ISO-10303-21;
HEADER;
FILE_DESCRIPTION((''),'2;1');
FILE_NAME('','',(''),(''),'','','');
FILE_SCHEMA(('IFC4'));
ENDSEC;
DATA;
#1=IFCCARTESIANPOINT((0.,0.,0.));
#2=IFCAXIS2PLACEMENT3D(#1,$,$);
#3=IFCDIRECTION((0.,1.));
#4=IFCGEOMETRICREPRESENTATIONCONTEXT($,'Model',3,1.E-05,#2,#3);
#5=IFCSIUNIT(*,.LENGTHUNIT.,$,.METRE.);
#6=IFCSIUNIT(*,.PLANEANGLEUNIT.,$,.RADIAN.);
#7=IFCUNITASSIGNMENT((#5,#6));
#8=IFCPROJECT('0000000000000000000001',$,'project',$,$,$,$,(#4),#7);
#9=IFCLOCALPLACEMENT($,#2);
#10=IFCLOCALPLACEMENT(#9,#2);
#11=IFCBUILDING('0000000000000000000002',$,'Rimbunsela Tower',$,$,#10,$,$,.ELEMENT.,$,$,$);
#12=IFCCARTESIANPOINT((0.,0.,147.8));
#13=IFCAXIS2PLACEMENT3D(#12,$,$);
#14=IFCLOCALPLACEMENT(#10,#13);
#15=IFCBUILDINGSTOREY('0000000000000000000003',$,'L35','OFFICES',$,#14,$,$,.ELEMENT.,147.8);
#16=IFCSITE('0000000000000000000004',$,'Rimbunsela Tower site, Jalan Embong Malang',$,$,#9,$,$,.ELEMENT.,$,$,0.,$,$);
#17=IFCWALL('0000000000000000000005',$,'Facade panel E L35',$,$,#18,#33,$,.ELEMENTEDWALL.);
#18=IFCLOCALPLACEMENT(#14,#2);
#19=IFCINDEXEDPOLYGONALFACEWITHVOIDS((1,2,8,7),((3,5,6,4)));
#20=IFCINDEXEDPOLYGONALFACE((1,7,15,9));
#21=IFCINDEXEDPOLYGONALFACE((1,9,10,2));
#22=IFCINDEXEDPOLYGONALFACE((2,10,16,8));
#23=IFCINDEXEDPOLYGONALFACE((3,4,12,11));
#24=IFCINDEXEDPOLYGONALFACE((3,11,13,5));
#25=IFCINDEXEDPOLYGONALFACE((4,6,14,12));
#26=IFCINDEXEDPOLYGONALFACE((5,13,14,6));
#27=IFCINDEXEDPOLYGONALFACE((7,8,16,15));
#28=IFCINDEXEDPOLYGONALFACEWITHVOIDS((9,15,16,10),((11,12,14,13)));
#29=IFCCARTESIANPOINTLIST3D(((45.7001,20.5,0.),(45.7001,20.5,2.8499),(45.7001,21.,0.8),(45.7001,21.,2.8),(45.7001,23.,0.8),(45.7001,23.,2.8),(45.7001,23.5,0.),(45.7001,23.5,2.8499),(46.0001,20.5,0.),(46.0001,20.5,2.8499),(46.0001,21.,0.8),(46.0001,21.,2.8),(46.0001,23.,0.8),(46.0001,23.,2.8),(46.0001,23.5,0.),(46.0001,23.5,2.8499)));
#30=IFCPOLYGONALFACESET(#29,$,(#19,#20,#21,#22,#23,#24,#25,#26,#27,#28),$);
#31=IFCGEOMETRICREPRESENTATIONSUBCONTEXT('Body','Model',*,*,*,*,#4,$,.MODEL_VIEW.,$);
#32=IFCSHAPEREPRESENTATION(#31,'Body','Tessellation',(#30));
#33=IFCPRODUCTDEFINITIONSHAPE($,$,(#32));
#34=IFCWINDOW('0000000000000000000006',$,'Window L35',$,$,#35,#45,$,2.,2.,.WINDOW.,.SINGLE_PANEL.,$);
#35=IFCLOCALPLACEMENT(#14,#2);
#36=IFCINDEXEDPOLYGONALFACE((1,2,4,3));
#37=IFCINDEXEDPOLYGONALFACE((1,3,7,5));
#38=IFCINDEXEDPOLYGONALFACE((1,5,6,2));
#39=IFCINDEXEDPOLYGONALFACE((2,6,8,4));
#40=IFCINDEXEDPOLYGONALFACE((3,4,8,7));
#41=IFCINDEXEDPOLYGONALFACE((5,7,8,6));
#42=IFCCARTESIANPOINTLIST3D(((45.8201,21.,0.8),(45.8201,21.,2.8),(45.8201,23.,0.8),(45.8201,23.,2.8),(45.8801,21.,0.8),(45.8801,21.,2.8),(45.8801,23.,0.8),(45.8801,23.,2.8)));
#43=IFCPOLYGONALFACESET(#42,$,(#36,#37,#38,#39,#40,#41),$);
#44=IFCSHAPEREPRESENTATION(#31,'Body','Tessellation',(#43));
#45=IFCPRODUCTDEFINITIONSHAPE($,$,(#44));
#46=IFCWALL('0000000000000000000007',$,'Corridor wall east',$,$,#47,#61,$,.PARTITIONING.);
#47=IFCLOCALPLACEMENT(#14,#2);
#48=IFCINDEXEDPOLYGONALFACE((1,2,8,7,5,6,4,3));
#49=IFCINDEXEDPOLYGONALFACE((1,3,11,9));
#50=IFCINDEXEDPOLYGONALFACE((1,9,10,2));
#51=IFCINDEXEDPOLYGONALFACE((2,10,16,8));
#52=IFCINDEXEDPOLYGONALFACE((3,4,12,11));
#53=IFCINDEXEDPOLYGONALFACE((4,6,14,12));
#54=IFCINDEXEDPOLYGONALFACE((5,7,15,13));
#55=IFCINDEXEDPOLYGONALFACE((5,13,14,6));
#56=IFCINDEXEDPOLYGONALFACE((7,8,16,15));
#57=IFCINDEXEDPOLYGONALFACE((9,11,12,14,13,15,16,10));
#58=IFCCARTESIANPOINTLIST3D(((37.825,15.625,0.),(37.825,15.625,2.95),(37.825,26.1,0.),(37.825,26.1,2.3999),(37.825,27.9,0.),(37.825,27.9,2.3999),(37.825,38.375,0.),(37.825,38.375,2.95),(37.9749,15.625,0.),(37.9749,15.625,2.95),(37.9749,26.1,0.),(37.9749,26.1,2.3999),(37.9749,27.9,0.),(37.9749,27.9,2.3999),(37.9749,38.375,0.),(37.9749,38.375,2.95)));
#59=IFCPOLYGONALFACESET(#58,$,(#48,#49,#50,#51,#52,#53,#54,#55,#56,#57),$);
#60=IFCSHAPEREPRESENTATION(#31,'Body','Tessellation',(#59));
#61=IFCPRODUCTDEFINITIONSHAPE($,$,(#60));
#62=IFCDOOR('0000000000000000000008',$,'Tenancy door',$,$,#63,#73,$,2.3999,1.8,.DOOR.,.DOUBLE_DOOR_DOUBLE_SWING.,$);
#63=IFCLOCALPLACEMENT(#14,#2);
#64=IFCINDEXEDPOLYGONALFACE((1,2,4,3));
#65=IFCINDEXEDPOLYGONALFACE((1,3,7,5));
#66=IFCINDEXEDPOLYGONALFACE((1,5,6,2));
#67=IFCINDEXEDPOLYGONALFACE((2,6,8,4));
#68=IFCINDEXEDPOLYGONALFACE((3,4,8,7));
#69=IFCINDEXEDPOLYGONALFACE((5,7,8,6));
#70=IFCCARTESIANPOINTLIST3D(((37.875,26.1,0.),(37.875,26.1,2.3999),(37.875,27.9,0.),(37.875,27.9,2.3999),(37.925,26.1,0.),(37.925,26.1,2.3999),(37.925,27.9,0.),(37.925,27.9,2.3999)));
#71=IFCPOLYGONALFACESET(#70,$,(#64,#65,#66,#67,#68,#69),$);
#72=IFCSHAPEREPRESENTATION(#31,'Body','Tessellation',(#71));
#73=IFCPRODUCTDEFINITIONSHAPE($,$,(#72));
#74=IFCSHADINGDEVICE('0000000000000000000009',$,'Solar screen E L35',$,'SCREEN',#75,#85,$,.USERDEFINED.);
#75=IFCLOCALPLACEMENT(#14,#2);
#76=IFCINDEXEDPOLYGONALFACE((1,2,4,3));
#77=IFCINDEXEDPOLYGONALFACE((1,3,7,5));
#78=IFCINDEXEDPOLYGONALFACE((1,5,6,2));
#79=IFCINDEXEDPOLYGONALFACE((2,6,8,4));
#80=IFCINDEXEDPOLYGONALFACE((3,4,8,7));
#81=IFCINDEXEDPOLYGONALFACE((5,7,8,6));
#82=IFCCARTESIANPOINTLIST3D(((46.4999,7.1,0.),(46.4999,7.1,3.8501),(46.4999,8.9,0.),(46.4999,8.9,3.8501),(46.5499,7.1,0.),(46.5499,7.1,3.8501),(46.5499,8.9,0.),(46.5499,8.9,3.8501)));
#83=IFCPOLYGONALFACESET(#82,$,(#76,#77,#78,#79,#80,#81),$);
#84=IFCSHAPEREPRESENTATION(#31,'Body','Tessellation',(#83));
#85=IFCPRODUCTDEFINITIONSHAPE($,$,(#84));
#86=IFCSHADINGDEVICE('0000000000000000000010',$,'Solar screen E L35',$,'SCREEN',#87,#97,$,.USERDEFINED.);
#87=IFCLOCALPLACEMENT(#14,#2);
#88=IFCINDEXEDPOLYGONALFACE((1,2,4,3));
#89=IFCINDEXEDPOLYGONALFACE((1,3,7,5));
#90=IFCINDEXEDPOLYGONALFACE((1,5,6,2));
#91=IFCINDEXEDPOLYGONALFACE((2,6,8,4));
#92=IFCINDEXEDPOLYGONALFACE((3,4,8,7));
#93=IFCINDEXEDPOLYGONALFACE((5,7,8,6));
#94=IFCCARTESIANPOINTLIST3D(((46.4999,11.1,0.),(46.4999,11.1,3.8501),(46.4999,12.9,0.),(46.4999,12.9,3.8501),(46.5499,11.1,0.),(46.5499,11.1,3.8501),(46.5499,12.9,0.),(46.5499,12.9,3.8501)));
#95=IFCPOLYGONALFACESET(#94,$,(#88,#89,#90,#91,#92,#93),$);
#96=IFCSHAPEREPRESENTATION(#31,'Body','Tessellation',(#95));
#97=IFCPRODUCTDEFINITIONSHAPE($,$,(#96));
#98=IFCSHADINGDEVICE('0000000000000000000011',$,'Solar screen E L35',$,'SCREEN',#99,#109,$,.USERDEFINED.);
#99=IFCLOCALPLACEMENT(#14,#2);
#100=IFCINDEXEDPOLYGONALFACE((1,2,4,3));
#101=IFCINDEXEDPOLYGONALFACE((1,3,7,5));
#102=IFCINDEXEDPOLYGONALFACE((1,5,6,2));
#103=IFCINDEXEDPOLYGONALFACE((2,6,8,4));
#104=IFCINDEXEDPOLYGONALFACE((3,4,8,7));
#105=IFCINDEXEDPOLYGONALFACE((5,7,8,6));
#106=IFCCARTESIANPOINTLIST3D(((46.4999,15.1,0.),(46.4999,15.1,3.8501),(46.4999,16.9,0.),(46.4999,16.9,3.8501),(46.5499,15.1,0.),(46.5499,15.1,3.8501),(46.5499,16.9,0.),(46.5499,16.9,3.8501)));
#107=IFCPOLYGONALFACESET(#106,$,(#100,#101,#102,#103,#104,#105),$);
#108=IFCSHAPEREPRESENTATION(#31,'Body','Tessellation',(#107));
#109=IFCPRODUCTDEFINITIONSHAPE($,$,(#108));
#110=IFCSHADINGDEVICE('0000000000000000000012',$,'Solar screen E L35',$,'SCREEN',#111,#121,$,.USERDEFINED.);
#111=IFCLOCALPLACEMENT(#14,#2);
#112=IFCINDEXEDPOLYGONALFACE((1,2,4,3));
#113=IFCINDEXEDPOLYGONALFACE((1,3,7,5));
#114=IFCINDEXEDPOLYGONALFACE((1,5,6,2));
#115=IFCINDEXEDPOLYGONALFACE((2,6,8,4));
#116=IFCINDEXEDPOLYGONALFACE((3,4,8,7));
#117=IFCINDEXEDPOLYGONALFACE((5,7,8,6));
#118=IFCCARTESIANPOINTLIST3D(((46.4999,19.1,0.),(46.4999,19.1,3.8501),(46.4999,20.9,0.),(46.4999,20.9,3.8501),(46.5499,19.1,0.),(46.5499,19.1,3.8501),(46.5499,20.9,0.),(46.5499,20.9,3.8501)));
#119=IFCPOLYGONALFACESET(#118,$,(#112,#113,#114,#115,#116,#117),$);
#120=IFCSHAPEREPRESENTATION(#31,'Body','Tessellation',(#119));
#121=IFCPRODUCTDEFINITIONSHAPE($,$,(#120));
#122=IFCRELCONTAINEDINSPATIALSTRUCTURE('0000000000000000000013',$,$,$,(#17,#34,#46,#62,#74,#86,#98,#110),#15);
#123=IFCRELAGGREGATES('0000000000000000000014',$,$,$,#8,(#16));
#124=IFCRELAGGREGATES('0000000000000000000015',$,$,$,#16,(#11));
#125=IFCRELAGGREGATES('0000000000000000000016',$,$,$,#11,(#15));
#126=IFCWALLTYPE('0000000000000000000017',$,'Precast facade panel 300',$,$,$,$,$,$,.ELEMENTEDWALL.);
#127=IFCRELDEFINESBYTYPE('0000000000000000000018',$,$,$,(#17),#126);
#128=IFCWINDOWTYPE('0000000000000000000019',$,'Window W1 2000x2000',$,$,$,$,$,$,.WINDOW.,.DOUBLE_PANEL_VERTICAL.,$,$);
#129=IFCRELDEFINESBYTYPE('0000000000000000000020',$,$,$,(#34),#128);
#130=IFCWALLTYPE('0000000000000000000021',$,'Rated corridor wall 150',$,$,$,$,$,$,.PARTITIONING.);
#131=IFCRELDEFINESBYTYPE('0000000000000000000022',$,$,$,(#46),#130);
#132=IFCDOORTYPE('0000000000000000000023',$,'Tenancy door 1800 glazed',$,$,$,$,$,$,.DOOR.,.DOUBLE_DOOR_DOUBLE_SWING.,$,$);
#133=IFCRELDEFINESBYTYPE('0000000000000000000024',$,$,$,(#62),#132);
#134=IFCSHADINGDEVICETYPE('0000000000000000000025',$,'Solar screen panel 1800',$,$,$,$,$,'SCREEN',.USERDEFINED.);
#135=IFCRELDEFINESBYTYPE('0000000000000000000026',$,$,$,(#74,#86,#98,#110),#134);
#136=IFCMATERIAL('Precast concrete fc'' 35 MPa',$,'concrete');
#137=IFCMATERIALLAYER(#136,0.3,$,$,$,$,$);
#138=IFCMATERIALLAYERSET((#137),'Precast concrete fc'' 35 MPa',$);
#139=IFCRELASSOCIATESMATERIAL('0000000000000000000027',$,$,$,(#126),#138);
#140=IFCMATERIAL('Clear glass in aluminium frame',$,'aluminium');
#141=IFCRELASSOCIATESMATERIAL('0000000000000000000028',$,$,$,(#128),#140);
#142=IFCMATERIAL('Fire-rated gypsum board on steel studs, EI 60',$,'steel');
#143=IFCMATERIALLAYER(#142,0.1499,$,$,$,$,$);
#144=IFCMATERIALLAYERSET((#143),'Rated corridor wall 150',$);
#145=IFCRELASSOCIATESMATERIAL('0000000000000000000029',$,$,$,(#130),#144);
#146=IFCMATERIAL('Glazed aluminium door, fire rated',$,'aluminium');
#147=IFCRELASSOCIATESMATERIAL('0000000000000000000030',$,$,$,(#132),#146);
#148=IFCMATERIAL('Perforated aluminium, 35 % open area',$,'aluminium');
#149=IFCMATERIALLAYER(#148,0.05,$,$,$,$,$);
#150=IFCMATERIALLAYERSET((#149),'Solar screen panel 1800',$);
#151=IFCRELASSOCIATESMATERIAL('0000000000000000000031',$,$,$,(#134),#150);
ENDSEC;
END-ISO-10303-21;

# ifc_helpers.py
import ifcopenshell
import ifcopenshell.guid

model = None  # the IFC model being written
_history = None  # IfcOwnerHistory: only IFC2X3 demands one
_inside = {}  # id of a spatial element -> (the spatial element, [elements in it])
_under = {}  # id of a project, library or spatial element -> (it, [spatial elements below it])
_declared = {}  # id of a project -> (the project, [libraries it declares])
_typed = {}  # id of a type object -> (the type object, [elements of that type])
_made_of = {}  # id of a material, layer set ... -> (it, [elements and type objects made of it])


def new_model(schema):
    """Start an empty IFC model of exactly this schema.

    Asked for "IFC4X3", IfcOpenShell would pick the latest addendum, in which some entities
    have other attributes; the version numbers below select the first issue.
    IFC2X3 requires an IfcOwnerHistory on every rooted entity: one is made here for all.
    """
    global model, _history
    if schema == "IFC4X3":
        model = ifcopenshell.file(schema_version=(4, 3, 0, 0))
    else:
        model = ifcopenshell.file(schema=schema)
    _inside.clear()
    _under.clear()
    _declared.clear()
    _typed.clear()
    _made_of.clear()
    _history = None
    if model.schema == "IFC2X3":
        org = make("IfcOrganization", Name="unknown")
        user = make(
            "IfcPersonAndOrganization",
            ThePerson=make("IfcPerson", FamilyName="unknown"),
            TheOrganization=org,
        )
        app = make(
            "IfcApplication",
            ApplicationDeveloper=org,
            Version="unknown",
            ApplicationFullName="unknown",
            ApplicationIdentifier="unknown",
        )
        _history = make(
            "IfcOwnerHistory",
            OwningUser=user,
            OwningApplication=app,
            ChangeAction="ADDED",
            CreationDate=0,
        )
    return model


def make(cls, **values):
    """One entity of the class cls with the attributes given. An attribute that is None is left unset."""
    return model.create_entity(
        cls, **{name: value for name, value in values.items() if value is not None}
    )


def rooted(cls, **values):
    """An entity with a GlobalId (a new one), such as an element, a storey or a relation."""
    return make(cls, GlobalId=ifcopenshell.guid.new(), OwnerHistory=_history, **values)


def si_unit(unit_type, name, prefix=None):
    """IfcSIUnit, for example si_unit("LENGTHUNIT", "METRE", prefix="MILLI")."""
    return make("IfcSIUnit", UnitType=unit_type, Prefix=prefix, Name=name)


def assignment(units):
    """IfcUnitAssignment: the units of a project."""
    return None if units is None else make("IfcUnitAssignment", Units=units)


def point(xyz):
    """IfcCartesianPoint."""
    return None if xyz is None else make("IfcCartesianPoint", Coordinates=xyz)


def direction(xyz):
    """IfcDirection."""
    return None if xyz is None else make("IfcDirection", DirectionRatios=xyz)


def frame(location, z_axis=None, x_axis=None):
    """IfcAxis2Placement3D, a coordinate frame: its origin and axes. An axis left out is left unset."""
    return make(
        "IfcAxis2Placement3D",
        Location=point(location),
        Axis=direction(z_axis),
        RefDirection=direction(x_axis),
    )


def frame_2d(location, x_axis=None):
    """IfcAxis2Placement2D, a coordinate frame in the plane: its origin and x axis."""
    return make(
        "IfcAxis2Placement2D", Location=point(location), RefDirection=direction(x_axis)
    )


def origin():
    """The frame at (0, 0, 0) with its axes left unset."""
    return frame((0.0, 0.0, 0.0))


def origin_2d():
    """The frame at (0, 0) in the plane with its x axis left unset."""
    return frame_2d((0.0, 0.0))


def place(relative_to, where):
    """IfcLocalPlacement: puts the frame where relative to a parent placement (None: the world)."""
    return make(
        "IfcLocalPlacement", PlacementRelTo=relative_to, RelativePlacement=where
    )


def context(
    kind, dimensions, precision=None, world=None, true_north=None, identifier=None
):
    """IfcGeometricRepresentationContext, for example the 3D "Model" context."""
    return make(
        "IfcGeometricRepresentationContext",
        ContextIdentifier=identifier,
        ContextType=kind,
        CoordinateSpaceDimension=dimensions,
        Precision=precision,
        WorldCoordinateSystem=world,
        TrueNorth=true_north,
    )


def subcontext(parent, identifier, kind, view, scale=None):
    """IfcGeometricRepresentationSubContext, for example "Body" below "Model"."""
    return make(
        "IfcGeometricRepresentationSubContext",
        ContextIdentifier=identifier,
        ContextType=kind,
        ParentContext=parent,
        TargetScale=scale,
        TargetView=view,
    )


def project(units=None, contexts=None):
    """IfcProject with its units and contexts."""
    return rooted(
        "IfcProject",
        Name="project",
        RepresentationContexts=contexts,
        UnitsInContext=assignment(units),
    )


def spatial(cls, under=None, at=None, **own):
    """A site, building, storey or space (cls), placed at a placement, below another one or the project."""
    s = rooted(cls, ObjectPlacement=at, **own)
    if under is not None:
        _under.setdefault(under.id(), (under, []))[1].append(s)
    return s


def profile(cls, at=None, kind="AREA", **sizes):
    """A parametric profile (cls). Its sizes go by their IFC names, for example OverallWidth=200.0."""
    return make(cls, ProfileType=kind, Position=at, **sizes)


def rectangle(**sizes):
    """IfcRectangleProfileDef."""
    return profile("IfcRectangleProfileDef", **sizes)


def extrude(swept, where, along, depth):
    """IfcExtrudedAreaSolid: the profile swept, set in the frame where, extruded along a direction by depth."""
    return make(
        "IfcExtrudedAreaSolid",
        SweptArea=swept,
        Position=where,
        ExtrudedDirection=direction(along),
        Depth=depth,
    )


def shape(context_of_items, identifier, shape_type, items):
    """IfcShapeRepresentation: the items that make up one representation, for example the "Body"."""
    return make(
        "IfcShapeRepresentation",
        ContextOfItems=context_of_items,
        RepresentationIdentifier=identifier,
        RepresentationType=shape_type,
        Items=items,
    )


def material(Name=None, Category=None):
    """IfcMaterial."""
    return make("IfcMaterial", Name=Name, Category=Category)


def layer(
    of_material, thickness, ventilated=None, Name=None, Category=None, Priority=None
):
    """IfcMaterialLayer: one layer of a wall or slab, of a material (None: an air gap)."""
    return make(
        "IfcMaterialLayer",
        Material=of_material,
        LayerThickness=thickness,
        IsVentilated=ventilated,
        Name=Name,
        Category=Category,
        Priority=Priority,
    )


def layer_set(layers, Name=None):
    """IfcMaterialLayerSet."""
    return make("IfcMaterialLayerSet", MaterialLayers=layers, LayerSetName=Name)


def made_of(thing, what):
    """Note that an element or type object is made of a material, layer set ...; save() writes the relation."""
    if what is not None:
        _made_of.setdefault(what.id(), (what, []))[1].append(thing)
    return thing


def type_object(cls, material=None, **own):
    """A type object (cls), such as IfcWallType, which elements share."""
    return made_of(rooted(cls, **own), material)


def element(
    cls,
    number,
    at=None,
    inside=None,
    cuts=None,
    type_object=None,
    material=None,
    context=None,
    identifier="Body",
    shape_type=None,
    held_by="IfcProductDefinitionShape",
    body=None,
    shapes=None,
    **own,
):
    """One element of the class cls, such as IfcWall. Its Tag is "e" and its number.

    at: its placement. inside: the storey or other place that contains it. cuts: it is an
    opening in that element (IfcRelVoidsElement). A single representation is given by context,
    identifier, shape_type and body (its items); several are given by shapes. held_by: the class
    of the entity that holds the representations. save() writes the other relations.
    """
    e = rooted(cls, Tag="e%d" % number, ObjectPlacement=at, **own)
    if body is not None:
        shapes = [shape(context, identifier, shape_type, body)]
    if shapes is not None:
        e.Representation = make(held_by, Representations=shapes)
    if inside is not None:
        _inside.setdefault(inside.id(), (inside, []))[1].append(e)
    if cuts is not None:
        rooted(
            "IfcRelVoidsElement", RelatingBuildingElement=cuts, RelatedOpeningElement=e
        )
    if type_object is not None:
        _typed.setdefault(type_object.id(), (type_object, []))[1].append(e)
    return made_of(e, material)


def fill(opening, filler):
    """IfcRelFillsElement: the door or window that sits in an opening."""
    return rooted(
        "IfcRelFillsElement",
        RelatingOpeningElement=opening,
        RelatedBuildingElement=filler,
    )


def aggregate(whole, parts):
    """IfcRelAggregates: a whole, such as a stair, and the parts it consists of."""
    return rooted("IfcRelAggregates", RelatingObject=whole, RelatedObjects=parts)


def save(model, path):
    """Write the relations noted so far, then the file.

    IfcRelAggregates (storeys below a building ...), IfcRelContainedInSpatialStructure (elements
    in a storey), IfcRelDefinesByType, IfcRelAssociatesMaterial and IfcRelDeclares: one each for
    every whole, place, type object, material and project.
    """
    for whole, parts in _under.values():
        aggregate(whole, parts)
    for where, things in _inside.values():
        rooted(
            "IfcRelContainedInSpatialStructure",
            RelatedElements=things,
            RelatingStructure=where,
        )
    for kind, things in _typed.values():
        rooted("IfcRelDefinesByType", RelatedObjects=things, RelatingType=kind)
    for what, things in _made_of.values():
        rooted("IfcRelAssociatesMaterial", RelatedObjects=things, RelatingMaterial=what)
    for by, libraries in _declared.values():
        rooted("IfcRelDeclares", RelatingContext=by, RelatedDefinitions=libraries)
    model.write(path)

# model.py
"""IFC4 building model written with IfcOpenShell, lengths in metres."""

from ifc_helpers import new_model, si_unit, direction, frame, frame_2d, origin, origin_2d, place, context, subcontext, project, spatial, rectangle, extrude, material, layer, layer_set, type_object, element, fill, save


model = new_model("IFC4")

# Units and contexts
model_context = context("Model", 3, precision=1e-05, world=origin(), true_north=direction((0.0, 1.0)))
body_context = subcontext(model_context, "Body", "Model", "MODEL_VIEW")
ifc_project = project(units=[si_unit("LENGTHUNIT", "METRE"), si_unit("PLANEANGLEUNIT", "RADIAN")], contexts=[model_context])

# Site, building, storey
site_placement = place(None, origin())
site = spatial("IfcSite", under=ifc_project, at=site_placement, Name="Rimbunsela Tower site, Jalan Embong Malang", CompositionType="ELEMENT", RefElevation=0.0)
building_placement = place(site_placement, origin())
building = spatial("IfcBuilding", under=site, at=building_placement, Name="Rimbunsela Tower", CompositionType="ELEMENT")
storey_placement = place(building_placement, frame((0.0, 0.0, 147.8)))
storey = spatial("IfcBuildingStorey", under=building, at=storey_placement, Name="L35", Description="OFFICES", CompositionType="ELEMENT", Elevation=147.8)

# Wall, opening, window
ifc_material_1 = material(Name="Precast concrete fc' 35 MPa", Category="concrete")
ifc_layer_1 = layer(ifc_material_1, 0.3)
ifc_layer_set_1 = layer_set([ifc_layer_1], Name="Precast concrete fc' 35 MPa")
wall_type_1 = type_object("IfcWallType", Name="Precast facade panel 300", PredefinedType="ELEMENTEDWALL", material=ifc_layer_set_1)
ifc_material_2 = material(Name="Clear glass in aluminium frame", Category="aluminium")
window_type = type_object("IfcWindowType", Name="Window W1 2000x2000", PartitioningType="DOUBLE_PANEL_VERTICAL", PredefinedType="WINDOW", material=ifc_material_2)
wall_1_placement = place(storey_placement, frame((45.8501, 20.5, 0.0), z_axis=(0.0, 0.0, 1.0), x_axis=(0.0, 1.0, 0.0)))
wall_1 = element("IfcWall", 1, at=wall_1_placement, inside=storey, type_object=wall_type_1, Name="Facade panel E L35", PredefinedType="ELEMENTEDWALL", context=body_context, shape_type="SweptSolid", body=[
    extrude(rectangle(XDim=3.0, YDim=0.3, at=frame_2d((1.5, 0.0))), origin(), (0.0, 0.0, 1.0), 2.8499),
])
opening_1_placement = place(wall_1_placement, frame((0.5, 0.0, 0.8)))
opening_1 = element("IfcOpeningElement", 2, at=opening_1_placement, cuts=wall_1, PredefinedType="OPENING", context=body_context, shape_type="SweptSolid", body=[
    extrude(rectangle(XDim=2.0, YDim=2.0, at=frame_2d((1.0, 1.0))), frame((0.0, 0.1599, 0.0), z_axis=(0.0, -1.0, 0.0), x_axis=(1.0, 0.0, 0.0)), (0.0, 0.0, 1.0), 0.3201),
])
window_1_placement = place(opening_1_placement, origin())
window_1 = element("IfcWindow", 3, at=window_1_placement, inside=storey, type_object=window_type, Name="Window L35", OverallHeight=2.0, OverallWidth=2.0, PartitioningType="SINGLE_PANEL", PredefinedType="WINDOW", context=body_context, shape_type="SweptSolid", body=[
    extrude(rectangle(XDim=2.0, YDim=2.0, at=frame_2d((1.0, 1.0))), frame((0.0, 0.03, 0.0), z_axis=(0.0, -1.0, 0.0), x_axis=(1.0, 0.0, 0.0)), (0.0, 0.0, 1.0), 0.0601),
])
fill(opening_1, window_1)

# Wall, opening, door
ifc_material_3 = material(Name="Fire-rated gypsum board on steel studs, EI 60", Category="steel")
ifc_layer_2 = layer(ifc_material_3, 0.1499)
ifc_layer_set_2 = layer_set([ifc_layer_2], Name="Rated corridor wall 150")
wall_type_2 = type_object("IfcWallType", Name="Rated corridor wall 150", PredefinedType="PARTITIONING", material=ifc_layer_set_2)
wall_2_placement = place(storey_placement, frame((37.8999, 15.625, 0.0), z_axis=(0.0, 0.0, 1.0), x_axis=(0.0, 1.0, 0.0)))
wall_2 = element("IfcWall", 4, at=wall_2_placement, inside=storey, type_object=wall_type_2, Name="Corridor wall east", PredefinedType="PARTITIONING", context=body_context, shape_type="SweptSolid", body=[
    extrude(rectangle(XDim=22.75, YDim=0.1499, at=frame_2d((11.375, 0.0))), origin(), (0.0, 0.0, 1.0), 2.95),
])
opening_2_placement = place(wall_2_placement, frame((10.4751, 0.0, 0.0)))
opening_2 = element("IfcOpeningElement", 5, at=opening_2_placement, cuts=wall_2, PredefinedType="OPENING", context=body_context, shape_type="SweptSolid", body=[
    extrude(rectangle(XDim=1.8, YDim=2.3999, at=frame_2d((0.8999, 1.2))), frame((0.0, 0.085, 0.0), z_axis=(0.0, -1.0, 0.0), x_axis=(1.0, 0.0, 0.0)), (0.0, 0.0, 1.0), 0.1699),
])
ifc_material_4 = material(Name="Glazed aluminium door, fire rated", Category="aluminium")
door_type_1 = type_object("IfcDoorType", Name="Tenancy door 1800 glazed", OperationType="DOUBLE_DOOR_DOUBLE_SWING", PredefinedType="DOOR", material=ifc_material_4)
door_1_placement = place(opening_2_placement, origin())
door_1 = element("IfcDoor", 6, at=door_1_placement, inside=storey, type_object=door_type_1, Name="Tenancy door", OperationType="DOUBLE_DOOR_DOUBLE_SWING", OverallHeight=2.3999, OverallWidth=1.8, PredefinedType="DOOR", context=body_context, shape_type="SweptSolid", body=[
    extrude(rectangle(XDim=1.8, YDim=2.3999, at=frame_2d((0.8999, 1.2))), frame((0.0, 0.0249, 0.0), z_axis=(0.0, -1.0, 0.0), x_axis=(1.0, 0.0, 0.0)), (0.0, 0.0, 1.0), 0.05),
])
fill(opening_2, door_1)

# Shading devices
ifc_material_5 = material(Name="Perforated aluminium, 35 % open area", Category="aluminium")
ifc_layer_3 = layer(ifc_material_5, 0.05)
ifc_layer_set_3 = layer_set([ifc_layer_3], Name="Solar screen panel 1800")
shading_device_type = type_object("IfcShadingDeviceType", Name="Solar screen panel 1800", ElementType="SCREEN", PredefinedType="USERDEFINED", material=ifc_layer_set_3)
for number, where, z_axis, x_axis, name in (
    (7, (46.5249, 8.0, 0.0), (0.0, 0.0, 1.0), (0.0, 1.0, 0.0), "Solar screen E L35"),
    (8, (46.5249, 12.0, 0.0), (0.0, 0.0, 1.0), (0.0, 1.0, 0.0), "Solar screen E L35"),
    (9, (46.5249, 16.0, 0.0), (0.0, 0.0, 1.0), (0.0, 1.0, 0.0), "Solar screen E L35"),
    (10, (46.5249, 20.0, 0.0), (0.0, 0.0, 1.0), (0.0, 1.0, 0.0), "Solar screen E L35"),
):
    element("IfcShadingDevice", number, at=place(storey_placement, frame(where, z_axis=z_axis, x_axis=x_axis)), inside=storey, type_object=shading_device_type, Name=name, ObjectType="SCREEN", PredefinedType="USERDEFINED", context=body_context, shape_type="SweptSolid", body=[
        extrude(rectangle(XDim=1.8, YDim=0.05, at=origin_2d()), origin(), (0.0, 0.0, 1.0), 3.8501),
    ])

save(model, "model.ifc")
